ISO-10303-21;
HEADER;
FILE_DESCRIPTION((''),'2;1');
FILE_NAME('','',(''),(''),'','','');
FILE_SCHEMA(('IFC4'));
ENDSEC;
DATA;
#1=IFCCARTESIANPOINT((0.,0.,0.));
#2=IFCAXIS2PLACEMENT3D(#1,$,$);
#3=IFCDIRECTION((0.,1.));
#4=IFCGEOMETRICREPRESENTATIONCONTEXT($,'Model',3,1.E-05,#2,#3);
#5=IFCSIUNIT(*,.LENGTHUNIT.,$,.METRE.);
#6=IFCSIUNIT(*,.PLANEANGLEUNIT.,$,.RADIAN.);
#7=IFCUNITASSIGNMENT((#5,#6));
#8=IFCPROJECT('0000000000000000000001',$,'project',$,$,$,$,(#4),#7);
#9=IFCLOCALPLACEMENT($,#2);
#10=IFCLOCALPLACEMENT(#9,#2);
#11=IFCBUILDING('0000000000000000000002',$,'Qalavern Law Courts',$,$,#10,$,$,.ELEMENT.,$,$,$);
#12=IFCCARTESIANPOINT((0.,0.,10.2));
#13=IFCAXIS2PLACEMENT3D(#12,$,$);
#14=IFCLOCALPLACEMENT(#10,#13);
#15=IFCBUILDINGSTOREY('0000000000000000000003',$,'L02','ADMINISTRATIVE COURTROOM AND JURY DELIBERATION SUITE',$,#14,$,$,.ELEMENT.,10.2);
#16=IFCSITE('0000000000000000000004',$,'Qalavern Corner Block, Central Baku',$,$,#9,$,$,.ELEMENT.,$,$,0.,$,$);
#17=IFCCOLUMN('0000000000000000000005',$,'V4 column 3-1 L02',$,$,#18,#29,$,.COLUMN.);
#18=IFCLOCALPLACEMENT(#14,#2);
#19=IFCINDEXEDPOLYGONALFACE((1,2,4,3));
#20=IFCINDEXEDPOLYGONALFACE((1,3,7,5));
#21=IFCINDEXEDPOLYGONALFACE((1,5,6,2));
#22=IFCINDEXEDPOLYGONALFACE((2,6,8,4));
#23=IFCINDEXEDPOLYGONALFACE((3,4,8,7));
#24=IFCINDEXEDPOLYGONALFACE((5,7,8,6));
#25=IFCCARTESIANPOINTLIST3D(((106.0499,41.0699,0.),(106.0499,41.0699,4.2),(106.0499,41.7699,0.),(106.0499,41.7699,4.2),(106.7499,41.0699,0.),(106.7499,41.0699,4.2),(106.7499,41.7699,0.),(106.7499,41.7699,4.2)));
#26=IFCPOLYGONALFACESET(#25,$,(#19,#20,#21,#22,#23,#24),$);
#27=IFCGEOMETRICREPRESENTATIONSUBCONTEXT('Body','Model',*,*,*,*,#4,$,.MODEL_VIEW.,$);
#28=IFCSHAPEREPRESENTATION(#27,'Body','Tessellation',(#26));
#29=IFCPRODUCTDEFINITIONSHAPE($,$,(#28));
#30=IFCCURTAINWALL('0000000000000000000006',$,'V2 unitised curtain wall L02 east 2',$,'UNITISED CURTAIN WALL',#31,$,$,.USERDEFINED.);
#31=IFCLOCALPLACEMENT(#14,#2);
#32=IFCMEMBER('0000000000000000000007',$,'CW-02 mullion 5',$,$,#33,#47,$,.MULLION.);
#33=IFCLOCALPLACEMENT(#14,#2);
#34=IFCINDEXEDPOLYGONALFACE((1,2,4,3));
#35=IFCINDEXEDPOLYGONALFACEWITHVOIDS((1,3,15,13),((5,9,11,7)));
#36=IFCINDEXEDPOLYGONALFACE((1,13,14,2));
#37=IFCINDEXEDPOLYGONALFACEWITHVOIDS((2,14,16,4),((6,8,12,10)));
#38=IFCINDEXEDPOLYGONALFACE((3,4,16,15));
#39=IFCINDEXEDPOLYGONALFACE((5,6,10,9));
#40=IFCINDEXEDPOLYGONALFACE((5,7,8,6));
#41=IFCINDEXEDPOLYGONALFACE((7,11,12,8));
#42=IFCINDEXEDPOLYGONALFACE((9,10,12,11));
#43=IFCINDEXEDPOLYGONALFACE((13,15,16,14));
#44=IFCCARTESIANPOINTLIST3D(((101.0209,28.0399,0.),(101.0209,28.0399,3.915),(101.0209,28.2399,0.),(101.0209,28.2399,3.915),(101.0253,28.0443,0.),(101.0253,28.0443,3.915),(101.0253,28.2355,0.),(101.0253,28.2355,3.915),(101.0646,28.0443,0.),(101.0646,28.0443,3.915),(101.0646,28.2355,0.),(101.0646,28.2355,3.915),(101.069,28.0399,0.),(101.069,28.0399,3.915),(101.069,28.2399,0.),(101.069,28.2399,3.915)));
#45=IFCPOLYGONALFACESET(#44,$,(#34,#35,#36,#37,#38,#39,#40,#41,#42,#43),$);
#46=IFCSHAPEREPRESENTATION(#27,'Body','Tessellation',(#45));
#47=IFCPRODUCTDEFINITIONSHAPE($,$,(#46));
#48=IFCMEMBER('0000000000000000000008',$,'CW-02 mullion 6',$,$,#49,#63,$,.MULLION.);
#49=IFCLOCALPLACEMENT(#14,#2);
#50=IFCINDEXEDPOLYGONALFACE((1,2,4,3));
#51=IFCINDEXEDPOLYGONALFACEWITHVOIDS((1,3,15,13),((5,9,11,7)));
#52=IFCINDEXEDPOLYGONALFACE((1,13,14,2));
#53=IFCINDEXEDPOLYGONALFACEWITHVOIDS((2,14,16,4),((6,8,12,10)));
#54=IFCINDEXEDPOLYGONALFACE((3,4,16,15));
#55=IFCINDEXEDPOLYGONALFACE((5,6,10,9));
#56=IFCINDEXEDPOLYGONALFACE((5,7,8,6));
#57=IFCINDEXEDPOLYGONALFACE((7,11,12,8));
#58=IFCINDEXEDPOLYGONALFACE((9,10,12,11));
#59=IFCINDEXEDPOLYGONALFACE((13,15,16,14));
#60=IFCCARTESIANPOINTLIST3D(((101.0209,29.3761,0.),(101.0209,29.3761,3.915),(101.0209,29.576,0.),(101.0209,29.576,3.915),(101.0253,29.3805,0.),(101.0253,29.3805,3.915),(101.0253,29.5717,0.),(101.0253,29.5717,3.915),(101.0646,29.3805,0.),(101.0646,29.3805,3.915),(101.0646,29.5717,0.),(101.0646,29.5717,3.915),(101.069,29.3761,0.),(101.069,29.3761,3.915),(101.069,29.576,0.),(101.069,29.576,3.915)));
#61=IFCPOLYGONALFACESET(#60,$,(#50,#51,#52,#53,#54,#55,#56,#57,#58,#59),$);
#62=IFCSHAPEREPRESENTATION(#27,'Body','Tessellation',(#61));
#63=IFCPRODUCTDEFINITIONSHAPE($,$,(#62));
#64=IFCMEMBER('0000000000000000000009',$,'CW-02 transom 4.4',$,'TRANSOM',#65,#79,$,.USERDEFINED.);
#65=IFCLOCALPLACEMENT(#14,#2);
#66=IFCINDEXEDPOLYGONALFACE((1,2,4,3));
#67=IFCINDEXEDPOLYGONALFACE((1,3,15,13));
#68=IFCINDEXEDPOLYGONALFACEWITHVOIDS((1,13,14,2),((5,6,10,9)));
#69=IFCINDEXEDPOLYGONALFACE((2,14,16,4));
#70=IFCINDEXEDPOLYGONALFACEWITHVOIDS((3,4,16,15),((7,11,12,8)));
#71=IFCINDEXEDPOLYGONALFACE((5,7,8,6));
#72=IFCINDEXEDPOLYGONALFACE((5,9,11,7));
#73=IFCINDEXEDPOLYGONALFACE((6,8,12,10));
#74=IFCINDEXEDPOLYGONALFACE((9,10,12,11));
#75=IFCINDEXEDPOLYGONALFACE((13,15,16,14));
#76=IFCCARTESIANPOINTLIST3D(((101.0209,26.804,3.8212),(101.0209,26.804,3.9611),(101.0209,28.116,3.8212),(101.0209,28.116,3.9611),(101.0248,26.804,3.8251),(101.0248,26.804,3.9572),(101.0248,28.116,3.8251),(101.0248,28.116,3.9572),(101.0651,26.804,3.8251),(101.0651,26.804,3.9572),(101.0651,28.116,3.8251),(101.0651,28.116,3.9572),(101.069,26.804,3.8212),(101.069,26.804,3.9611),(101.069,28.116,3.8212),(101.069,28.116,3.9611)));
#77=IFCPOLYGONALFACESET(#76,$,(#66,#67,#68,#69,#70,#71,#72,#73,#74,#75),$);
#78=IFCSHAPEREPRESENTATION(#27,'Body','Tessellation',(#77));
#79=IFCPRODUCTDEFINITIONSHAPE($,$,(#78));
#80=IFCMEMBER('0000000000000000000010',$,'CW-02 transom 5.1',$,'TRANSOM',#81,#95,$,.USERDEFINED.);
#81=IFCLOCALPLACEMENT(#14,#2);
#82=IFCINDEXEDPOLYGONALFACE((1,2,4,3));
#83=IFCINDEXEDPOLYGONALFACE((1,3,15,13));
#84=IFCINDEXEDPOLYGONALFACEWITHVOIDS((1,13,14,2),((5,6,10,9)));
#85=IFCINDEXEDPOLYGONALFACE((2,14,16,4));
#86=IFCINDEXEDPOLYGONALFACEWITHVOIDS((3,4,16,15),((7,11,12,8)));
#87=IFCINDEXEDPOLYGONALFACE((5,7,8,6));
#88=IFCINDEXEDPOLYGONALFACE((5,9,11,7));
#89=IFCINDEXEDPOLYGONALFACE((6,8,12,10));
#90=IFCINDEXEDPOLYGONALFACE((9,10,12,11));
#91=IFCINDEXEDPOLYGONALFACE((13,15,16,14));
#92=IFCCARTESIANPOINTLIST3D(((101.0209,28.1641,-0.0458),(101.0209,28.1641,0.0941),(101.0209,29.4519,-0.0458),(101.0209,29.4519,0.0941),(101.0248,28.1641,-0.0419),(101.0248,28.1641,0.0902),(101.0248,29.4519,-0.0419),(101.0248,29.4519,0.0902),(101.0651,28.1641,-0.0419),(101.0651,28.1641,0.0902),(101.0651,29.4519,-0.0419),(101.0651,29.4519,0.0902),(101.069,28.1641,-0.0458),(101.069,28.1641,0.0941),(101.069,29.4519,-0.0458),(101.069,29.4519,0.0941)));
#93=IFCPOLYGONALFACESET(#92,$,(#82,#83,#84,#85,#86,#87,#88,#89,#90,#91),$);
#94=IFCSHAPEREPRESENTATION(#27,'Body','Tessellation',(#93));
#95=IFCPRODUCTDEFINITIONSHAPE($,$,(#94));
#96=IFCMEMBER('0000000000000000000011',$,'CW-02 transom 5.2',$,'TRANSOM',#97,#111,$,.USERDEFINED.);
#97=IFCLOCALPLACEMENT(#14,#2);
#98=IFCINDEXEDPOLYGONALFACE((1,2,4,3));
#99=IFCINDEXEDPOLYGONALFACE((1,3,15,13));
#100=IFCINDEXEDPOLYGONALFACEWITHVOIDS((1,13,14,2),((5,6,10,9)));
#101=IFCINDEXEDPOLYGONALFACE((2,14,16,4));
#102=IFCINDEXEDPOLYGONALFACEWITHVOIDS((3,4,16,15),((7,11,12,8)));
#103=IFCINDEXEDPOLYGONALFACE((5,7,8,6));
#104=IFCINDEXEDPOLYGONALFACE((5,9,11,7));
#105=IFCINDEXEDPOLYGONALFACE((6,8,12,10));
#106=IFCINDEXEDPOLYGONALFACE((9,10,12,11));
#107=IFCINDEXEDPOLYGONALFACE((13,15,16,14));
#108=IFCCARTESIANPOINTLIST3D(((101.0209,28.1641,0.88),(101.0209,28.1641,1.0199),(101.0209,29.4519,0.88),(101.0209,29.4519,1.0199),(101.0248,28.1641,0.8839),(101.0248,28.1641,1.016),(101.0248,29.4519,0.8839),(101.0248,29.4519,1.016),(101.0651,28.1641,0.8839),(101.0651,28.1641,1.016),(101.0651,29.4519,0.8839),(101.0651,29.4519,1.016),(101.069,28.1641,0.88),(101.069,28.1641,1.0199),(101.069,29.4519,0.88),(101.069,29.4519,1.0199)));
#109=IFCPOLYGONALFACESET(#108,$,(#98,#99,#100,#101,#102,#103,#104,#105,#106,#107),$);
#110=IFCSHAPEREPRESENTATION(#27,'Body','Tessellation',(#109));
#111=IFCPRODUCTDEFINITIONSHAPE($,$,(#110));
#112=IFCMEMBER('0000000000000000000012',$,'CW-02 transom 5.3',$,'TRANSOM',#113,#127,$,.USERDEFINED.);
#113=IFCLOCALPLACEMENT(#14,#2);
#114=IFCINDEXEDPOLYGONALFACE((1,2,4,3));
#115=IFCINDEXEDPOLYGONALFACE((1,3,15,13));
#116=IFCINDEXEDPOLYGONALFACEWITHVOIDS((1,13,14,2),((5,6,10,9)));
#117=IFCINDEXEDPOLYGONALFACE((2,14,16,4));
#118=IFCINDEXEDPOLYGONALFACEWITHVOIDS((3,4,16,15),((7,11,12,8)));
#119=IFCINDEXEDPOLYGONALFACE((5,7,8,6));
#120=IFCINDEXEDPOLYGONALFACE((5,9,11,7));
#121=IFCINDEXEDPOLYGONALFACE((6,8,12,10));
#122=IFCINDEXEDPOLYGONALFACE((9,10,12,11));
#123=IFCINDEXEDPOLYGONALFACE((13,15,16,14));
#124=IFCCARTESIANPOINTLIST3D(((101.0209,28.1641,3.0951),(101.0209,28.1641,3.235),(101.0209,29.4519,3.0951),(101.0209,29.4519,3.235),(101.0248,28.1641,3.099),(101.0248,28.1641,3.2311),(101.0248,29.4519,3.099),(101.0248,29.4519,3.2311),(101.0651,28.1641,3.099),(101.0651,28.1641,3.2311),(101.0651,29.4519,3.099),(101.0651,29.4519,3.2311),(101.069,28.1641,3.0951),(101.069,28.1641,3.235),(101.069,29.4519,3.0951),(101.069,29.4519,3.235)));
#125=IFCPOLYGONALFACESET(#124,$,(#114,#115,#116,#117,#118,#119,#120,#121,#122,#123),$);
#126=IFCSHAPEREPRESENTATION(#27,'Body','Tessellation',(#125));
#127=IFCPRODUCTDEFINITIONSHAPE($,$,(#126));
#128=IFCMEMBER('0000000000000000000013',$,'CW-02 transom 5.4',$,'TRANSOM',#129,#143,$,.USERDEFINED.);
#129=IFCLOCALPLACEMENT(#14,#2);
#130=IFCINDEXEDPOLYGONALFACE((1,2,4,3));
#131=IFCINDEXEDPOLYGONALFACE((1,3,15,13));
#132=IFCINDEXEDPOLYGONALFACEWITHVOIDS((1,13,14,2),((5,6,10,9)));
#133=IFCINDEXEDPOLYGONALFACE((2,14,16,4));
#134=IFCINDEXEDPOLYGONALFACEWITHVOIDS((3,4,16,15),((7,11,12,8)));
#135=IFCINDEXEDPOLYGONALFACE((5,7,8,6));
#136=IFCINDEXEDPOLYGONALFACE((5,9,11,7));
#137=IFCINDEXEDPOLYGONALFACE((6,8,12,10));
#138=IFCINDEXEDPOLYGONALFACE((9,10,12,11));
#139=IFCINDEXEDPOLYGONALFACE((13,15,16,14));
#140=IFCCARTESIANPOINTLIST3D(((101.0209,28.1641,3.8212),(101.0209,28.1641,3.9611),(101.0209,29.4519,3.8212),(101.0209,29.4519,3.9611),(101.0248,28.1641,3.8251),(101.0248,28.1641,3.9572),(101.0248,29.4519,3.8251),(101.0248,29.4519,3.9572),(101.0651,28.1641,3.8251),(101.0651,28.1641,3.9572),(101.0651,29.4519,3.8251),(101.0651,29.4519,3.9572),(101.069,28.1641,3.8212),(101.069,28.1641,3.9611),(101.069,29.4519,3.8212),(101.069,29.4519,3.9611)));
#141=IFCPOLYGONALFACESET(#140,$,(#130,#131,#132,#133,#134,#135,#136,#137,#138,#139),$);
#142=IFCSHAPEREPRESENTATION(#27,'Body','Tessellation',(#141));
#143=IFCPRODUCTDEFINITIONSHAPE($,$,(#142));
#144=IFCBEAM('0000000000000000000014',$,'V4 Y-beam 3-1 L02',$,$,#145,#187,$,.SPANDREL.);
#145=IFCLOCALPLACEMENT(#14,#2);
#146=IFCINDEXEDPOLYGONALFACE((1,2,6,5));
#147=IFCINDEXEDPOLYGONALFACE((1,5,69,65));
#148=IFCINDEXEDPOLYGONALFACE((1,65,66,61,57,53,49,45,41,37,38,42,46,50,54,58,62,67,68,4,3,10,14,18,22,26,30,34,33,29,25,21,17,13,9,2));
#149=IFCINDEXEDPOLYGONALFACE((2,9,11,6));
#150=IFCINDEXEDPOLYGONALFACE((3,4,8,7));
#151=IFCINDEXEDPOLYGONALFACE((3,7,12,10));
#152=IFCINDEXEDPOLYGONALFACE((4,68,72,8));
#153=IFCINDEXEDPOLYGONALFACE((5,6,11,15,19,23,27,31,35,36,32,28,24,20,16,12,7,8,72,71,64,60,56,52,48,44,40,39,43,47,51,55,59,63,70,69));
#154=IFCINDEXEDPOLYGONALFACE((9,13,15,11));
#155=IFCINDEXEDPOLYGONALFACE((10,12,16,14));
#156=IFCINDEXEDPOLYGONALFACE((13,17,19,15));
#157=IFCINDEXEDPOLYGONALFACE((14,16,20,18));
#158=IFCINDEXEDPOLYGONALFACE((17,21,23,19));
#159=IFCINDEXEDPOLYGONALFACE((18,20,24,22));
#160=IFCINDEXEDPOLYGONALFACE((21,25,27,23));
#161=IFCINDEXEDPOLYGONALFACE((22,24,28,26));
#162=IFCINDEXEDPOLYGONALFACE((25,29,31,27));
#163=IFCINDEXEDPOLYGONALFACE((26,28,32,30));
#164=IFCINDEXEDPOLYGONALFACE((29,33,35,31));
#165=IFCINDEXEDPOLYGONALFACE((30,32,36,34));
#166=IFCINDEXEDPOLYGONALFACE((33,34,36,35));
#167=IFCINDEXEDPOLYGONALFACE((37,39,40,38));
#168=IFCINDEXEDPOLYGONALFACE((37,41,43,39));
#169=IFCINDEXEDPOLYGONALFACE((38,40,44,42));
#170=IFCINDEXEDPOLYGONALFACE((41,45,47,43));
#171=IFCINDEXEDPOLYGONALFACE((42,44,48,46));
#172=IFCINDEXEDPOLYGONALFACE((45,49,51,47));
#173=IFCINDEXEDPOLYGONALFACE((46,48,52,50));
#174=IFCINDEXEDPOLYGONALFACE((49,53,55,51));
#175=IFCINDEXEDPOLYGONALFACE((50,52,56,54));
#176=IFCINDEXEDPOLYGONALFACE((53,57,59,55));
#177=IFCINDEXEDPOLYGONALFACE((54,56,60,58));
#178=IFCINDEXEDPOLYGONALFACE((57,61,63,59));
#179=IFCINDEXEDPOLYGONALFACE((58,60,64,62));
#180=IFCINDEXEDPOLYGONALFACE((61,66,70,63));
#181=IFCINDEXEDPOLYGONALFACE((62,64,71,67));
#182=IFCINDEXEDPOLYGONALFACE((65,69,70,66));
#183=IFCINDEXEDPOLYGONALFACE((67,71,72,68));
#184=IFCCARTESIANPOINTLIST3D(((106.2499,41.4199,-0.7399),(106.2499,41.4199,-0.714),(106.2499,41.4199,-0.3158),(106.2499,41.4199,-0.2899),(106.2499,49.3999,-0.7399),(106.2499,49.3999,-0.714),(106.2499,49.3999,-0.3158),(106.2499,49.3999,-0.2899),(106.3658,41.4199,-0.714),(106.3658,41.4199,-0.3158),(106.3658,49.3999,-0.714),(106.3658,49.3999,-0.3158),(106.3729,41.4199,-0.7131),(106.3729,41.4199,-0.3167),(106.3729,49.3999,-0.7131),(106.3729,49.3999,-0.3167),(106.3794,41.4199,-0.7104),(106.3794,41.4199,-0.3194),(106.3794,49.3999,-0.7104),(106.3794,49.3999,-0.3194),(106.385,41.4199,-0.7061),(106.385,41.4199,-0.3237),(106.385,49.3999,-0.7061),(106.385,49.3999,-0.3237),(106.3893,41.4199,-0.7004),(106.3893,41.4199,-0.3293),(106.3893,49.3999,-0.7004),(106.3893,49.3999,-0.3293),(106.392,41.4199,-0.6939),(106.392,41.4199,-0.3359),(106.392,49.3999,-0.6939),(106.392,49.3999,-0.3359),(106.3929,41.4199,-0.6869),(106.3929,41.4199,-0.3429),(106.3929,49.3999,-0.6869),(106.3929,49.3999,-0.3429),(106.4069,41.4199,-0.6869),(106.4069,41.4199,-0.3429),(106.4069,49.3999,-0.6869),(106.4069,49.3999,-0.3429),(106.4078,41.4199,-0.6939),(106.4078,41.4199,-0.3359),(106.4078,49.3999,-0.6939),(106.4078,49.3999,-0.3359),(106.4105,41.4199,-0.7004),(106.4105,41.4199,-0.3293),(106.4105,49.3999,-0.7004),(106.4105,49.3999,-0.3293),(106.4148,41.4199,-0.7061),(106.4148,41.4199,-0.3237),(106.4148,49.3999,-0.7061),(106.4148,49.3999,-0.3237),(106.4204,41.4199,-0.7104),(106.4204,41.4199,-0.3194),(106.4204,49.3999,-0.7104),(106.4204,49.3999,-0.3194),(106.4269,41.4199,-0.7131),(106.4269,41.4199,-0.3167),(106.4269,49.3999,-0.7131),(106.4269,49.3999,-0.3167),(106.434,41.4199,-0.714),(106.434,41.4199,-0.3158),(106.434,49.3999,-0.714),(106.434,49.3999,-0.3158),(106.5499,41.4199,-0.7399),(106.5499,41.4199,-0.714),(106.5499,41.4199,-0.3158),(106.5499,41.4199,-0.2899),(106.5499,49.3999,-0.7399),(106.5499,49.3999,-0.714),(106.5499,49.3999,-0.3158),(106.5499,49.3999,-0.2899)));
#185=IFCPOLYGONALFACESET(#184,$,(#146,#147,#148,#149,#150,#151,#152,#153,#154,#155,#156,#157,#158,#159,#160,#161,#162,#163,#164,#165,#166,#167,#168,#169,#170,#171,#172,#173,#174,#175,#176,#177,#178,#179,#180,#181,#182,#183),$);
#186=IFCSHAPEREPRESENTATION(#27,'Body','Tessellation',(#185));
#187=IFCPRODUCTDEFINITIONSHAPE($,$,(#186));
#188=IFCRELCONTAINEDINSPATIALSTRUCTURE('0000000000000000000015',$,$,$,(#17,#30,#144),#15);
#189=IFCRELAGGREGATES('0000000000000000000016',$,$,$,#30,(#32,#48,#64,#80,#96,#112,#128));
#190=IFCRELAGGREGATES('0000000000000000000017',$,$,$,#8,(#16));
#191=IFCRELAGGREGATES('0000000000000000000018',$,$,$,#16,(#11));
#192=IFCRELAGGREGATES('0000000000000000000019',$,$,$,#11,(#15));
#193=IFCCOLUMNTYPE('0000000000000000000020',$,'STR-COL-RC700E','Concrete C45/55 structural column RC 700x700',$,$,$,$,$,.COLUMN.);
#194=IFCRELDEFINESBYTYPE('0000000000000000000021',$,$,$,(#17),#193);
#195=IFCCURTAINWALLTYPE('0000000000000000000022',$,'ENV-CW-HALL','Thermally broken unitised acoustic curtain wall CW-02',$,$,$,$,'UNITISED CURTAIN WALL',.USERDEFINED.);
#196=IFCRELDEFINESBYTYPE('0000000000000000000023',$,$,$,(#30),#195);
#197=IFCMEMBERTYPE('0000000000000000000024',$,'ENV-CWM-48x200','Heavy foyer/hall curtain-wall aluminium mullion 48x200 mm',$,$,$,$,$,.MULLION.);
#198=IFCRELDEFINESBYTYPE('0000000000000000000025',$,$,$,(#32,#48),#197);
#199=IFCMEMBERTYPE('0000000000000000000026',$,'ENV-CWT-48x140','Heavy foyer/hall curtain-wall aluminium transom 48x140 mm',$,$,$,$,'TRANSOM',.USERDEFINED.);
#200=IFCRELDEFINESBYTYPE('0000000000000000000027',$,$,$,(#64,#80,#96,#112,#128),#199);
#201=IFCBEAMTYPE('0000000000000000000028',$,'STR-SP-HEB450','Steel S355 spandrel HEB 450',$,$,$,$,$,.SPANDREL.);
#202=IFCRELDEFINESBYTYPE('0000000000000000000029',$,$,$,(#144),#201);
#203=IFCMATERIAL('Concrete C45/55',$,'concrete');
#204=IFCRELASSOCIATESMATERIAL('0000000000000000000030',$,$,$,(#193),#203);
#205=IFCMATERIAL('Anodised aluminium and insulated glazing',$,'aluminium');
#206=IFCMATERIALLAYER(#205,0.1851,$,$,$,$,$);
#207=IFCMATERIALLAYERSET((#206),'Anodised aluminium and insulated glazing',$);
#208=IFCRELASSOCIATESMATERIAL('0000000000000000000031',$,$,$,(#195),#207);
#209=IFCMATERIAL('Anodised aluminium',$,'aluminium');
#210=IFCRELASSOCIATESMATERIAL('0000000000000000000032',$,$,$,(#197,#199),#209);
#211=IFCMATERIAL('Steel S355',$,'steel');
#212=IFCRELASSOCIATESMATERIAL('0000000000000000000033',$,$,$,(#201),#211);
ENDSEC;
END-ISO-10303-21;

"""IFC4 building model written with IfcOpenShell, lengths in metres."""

from ifc_helpers import new_model, si_unit, direction, frame, origin, origin_2d, place, context, subcontext, project, spatial, rectangle, hollow_rectangle, i_section, extrude, material, layer, layer_set, material_profile, profile_set, type_object, element, aggregate, save


model = new_model("IFC4")

# Units and contexts
model_context = context("Model", 3, precision=1e-05, world=origin(), true_north=direction((0.0, 1.0)))
body_context = subcontext(model_context, "Body", "Model", "MODEL_VIEW")
ifc_project = project(units=[si_unit("LENGTHUNIT", "METRE"), si_unit("PLANEANGLEUNIT", "RADIAN")], contexts=[model_context])

# Site, building, storey
site_placement = place(None, origin())
site = spatial("IfcSite", under=ifc_project, at=site_placement, Name="Qalavern Corner Block, Central Baku", CompositionType="ELEMENT", RefElevation=0.0)
building_placement = place(site_placement, origin())
building = spatial("IfcBuilding", under=site, at=building_placement, Name="Qalavern Law Courts", CompositionType="ELEMENT")
storey_placement = place(building_placement, frame((0.0, 0.0, 10.2)))
storey = spatial("IfcBuildingStorey", under=building, at=storey_placement, Name="L02", Description="ADMINISTRATIVE COURTROOM AND JURY DELIBERATION SUITE", CompositionType="ELEMENT", Elevation=10.2)

# Column
ifc_material_1 = material(Name="Concrete C45/55", Category="concrete")
ifc_material_profile_1 = material_profile(ifc_material_1, rectangle(XDim=0.7, YDim=0.7, at=origin_2d()), Name="RC 700x700")
ifc_profile_set_1 = profile_set([ifc_material_profile_1], Name="Concrete C45/55")
column_type = type_object("IfcColumnType", Name="STR-COL-RC700E", Description="Concrete C45/55 structural column RC 700x700", PredefinedType="COLUMN", material=ifc_profile_set_1)
column_placement = place(storey_placement, frame((106.3999, 41.4199, 0.0), z_axis=(0.0, 0.0, 1.0), x_axis=(1.0, 0.0, 0.0)))
element("IfcColumn", 1, at=column_placement, inside=storey, type_object=column_type, Name="V4 column 3-1 L02", PredefinedType="COLUMN", context=body_context, shape_type="SweptSolid", body=[
    extrude(rectangle(XDim=0.7, YDim=0.7, at=origin_2d()), origin(), (0.0, 0.0, 1.0), 4.2),
])

# Curtain wall, members
ifc_material_2 = material(Name="Anodised aluminium and insulated glazing", Category="aluminium")
ifc_layer_1 = layer(ifc_material_2, 0.1851)
ifc_layer_set_1 = layer_set([ifc_layer_1], Name="Anodised aluminium and insulated glazing")
curtain_wall_type = type_object("IfcCurtainWallType", Name="ENV-CW-HALL", Description="Thermally broken unitised acoustic curtain wall CW-02", ElementType="UNITISED CURTAIN WALL", PredefinedType="USERDEFINED", material=ifc_layer_set_1)
curtain_wall_placement = place(storey_placement, origin())
curtain_wall = element("IfcCurtainWall", 2, at=curtain_wall_placement, inside=storey, type_object=curtain_wall_type, Name="V2 unitised curtain wall L02 east 2", ObjectType="UNITISED CURTAIN WALL", PredefinedType="USERDEFINED")
ifc_material_3 = material(Name="Anodised aluminium", Category="aluminium")
ifc_material_profile_2 = material_profile(ifc_material_3, hollow_rectangle(XDim=0.0481, YDim=0.2, WallThickness=0.0044, at=origin_2d()), Name="ALU MULLION 48x200")
ifc_profile_set_2 = profile_set([ifc_material_profile_2], Name="Anodised aluminium")
member_type_1 = type_object("IfcMemberType", Name="ENV-CWM-48x200", Description="Heavy foyer/hall curtain-wall aluminium mullion 48x200 mm", PredefinedType="MULLION", material=ifc_profile_set_2)
member_1_placement = place(storey_placement, frame((101.0449, 28.1399, 0.0), z_axis=(0.0, 0.0, 1.0), x_axis=(-1.0, 0.0, 0.0)))
member_1 = element("IfcMember", 3, at=member_1_placement, type_object=member_type_1, Name="CW-02 mullion 5", PredefinedType="MULLION", context=body_context, shape_type="SweptSolid", body=[
    extrude(hollow_rectangle(XDim=0.0481, YDim=0.2, WallThickness=0.0044, at=origin_2d()), origin(), (0.0, 0.0, 1.0), 3.915),
])
member_2_placement = place(storey_placement, frame((101.0449, 29.4761, 0.0), z_axis=(0.0, 0.0, 1.0), x_axis=(-1.0, 0.0, 0.0)))
member_2 = element("IfcMember", 4, at=member_2_placement, type_object=member_type_1, Name="CW-02 mullion 6", PredefinedType="MULLION", context=body_context, shape_type="SweptSolid", body=[
    extrude(hollow_rectangle(XDim=0.0481, YDim=0.2, WallThickness=0.0044, at=origin_2d()), origin(), (0.0, 0.0, 1.0), 3.915),
])
ifc_material_profile_3 = material_profile(ifc_material_3, hollow_rectangle(XDim=0.0481, YDim=0.1399, WallThickness=0.0039, at=origin_2d()), Name="ALU TRANSOM 48x140")
ifc_profile_set_3 = profile_set([ifc_material_profile_3], Name="Anodised aluminium")
member_type_2 = type_object("IfcMemberType", Name="ENV-CWT-48x140", Description="Heavy foyer/hall curtain-wall aluminium transom 48x140 mm", ElementType="TRANSOM", PredefinedType="USERDEFINED", material=ifc_profile_set_3)
member_3_placement = place(storey_placement, frame((101.0449, 26.804, 3.8911), z_axis=(0.0, 1.0, 0.0), x_axis=(-1.0, 0.0, 0.0)))
member_3 = element("IfcMember", 5, at=member_3_placement, type_object=member_type_2, Name="CW-02 transom 4.4", ObjectType="TRANSOM", PredefinedType="USERDEFINED", context=body_context, shape_type="SweptSolid", body=[
    extrude(hollow_rectangle(XDim=0.0481, YDim=0.1399, WallThickness=0.0039, at=origin_2d()), origin(), (0.0, 0.0, 1.0), 1.312),
])
member_4_placement = place(storey_placement, frame((101.0449, 28.1641, 0.0242), z_axis=(0.0, 1.0, 0.0), x_axis=(-1.0, 0.0, 0.0)))
member_4 = element("IfcMember", 6, at=member_4_placement, type_object=member_type_2, Name="CW-02 transom 5.1", ObjectType="TRANSOM", PredefinedType="USERDEFINED", context=body_context, shape_type="SweptSolid", body=[
    extrude(hollow_rectangle(XDim=0.0481, YDim=0.1399, WallThickness=0.0039, at=origin_2d()), origin(), (0.0, 0.0, 1.0), 1.2878),
])
member_5_placement = place(storey_placement, frame((101.0449, 28.1641, 0.95), z_axis=(0.0, 1.0, 0.0), x_axis=(-1.0, 0.0, 0.0)))
member_5 = element("IfcMember", 7, at=member_5_placement, type_object=member_type_2, Name="CW-02 transom 5.2", ObjectType="TRANSOM", PredefinedType="USERDEFINED", context=body_context, shape_type="SweptSolid", body=[
    extrude(hollow_rectangle(XDim=0.0481, YDim=0.1399, WallThickness=0.0039, at=origin_2d()), origin(), (0.0, 0.0, 1.0), 1.2878),
])
member_6_placement = place(storey_placement, frame((101.0449, 28.1641, 3.165), z_axis=(0.0, 1.0, 0.0), x_axis=(-1.0, 0.0, 0.0)))
member_6 = element("IfcMember", 8, at=member_6_placement, type_object=member_type_2, Name="CW-02 transom 5.3", ObjectType="TRANSOM", PredefinedType="USERDEFINED", context=body_context, shape_type="SweptSolid", body=[
    extrude(hollow_rectangle(XDim=0.0481, YDim=0.1399, WallThickness=0.0039, at=origin_2d()), origin(), (0.0, 0.0, 1.0), 1.2878),
])
member_7_placement = place(storey_placement, frame((101.0449, 28.1641, 3.8911), z_axis=(0.0, 1.0, 0.0), x_axis=(-1.0, 0.0, 0.0)))
member_7 = element("IfcMember", 9, at=member_7_placement, type_object=member_type_2, Name="CW-02 transom 5.4", ObjectType="TRANSOM", PredefinedType="USERDEFINED", context=body_context, shape_type="SweptSolid", body=[
    extrude(hollow_rectangle(XDim=0.0481, YDim=0.1399, WallThickness=0.0039, at=origin_2d()), origin(), (0.0, 0.0, 1.0), 1.2878),
])

# Beam
ifc_material_4 = material(Name="Steel S355", Category="steel")
ifc_material_profile_4 = material_profile(ifc_material_4, i_section(OverallWidth=0.3, OverallDepth=0.45, WebThickness=0.0139, FlangeThickness=0.0259, FilletRadius=0.0271, at=origin_2d()), Name="HEB 450")
ifc_profile_set_4 = profile_set([ifc_material_profile_4], Name="Steel S355")
beam_type = type_object("IfcBeamType", Name="STR-SP-HEB450", Description="Steel S355 spandrel HEB 450", PredefinedType="SPANDREL", material=ifc_profile_set_4)
beam_placement = place(storey_placement, frame((106.3999, 41.4199, -0.5149), z_axis=(0.0, 1.0, 0.0), x_axis=(-1.0, 0.0, 0.0)))
element("IfcBeam", 10, at=beam_placement, inside=storey, type_object=beam_type, Name="V4 Y-beam 3-1 L02", PredefinedType="SPANDREL", context=body_context, shape_type="SweptSolid", body=[
    extrude(i_section(OverallWidth=0.3, OverallDepth=0.45, WebThickness=0.0139, FlangeThickness=0.0259, FilletRadius=0.0271, at=origin_2d()), origin(), (0.0, 0.0, 1.0), 7.98),
])

aggregate(curtain_wall, [member_1, member_2, member_3, member_4, member_5, member_6, member_7])

save(model, "model.ifc")
